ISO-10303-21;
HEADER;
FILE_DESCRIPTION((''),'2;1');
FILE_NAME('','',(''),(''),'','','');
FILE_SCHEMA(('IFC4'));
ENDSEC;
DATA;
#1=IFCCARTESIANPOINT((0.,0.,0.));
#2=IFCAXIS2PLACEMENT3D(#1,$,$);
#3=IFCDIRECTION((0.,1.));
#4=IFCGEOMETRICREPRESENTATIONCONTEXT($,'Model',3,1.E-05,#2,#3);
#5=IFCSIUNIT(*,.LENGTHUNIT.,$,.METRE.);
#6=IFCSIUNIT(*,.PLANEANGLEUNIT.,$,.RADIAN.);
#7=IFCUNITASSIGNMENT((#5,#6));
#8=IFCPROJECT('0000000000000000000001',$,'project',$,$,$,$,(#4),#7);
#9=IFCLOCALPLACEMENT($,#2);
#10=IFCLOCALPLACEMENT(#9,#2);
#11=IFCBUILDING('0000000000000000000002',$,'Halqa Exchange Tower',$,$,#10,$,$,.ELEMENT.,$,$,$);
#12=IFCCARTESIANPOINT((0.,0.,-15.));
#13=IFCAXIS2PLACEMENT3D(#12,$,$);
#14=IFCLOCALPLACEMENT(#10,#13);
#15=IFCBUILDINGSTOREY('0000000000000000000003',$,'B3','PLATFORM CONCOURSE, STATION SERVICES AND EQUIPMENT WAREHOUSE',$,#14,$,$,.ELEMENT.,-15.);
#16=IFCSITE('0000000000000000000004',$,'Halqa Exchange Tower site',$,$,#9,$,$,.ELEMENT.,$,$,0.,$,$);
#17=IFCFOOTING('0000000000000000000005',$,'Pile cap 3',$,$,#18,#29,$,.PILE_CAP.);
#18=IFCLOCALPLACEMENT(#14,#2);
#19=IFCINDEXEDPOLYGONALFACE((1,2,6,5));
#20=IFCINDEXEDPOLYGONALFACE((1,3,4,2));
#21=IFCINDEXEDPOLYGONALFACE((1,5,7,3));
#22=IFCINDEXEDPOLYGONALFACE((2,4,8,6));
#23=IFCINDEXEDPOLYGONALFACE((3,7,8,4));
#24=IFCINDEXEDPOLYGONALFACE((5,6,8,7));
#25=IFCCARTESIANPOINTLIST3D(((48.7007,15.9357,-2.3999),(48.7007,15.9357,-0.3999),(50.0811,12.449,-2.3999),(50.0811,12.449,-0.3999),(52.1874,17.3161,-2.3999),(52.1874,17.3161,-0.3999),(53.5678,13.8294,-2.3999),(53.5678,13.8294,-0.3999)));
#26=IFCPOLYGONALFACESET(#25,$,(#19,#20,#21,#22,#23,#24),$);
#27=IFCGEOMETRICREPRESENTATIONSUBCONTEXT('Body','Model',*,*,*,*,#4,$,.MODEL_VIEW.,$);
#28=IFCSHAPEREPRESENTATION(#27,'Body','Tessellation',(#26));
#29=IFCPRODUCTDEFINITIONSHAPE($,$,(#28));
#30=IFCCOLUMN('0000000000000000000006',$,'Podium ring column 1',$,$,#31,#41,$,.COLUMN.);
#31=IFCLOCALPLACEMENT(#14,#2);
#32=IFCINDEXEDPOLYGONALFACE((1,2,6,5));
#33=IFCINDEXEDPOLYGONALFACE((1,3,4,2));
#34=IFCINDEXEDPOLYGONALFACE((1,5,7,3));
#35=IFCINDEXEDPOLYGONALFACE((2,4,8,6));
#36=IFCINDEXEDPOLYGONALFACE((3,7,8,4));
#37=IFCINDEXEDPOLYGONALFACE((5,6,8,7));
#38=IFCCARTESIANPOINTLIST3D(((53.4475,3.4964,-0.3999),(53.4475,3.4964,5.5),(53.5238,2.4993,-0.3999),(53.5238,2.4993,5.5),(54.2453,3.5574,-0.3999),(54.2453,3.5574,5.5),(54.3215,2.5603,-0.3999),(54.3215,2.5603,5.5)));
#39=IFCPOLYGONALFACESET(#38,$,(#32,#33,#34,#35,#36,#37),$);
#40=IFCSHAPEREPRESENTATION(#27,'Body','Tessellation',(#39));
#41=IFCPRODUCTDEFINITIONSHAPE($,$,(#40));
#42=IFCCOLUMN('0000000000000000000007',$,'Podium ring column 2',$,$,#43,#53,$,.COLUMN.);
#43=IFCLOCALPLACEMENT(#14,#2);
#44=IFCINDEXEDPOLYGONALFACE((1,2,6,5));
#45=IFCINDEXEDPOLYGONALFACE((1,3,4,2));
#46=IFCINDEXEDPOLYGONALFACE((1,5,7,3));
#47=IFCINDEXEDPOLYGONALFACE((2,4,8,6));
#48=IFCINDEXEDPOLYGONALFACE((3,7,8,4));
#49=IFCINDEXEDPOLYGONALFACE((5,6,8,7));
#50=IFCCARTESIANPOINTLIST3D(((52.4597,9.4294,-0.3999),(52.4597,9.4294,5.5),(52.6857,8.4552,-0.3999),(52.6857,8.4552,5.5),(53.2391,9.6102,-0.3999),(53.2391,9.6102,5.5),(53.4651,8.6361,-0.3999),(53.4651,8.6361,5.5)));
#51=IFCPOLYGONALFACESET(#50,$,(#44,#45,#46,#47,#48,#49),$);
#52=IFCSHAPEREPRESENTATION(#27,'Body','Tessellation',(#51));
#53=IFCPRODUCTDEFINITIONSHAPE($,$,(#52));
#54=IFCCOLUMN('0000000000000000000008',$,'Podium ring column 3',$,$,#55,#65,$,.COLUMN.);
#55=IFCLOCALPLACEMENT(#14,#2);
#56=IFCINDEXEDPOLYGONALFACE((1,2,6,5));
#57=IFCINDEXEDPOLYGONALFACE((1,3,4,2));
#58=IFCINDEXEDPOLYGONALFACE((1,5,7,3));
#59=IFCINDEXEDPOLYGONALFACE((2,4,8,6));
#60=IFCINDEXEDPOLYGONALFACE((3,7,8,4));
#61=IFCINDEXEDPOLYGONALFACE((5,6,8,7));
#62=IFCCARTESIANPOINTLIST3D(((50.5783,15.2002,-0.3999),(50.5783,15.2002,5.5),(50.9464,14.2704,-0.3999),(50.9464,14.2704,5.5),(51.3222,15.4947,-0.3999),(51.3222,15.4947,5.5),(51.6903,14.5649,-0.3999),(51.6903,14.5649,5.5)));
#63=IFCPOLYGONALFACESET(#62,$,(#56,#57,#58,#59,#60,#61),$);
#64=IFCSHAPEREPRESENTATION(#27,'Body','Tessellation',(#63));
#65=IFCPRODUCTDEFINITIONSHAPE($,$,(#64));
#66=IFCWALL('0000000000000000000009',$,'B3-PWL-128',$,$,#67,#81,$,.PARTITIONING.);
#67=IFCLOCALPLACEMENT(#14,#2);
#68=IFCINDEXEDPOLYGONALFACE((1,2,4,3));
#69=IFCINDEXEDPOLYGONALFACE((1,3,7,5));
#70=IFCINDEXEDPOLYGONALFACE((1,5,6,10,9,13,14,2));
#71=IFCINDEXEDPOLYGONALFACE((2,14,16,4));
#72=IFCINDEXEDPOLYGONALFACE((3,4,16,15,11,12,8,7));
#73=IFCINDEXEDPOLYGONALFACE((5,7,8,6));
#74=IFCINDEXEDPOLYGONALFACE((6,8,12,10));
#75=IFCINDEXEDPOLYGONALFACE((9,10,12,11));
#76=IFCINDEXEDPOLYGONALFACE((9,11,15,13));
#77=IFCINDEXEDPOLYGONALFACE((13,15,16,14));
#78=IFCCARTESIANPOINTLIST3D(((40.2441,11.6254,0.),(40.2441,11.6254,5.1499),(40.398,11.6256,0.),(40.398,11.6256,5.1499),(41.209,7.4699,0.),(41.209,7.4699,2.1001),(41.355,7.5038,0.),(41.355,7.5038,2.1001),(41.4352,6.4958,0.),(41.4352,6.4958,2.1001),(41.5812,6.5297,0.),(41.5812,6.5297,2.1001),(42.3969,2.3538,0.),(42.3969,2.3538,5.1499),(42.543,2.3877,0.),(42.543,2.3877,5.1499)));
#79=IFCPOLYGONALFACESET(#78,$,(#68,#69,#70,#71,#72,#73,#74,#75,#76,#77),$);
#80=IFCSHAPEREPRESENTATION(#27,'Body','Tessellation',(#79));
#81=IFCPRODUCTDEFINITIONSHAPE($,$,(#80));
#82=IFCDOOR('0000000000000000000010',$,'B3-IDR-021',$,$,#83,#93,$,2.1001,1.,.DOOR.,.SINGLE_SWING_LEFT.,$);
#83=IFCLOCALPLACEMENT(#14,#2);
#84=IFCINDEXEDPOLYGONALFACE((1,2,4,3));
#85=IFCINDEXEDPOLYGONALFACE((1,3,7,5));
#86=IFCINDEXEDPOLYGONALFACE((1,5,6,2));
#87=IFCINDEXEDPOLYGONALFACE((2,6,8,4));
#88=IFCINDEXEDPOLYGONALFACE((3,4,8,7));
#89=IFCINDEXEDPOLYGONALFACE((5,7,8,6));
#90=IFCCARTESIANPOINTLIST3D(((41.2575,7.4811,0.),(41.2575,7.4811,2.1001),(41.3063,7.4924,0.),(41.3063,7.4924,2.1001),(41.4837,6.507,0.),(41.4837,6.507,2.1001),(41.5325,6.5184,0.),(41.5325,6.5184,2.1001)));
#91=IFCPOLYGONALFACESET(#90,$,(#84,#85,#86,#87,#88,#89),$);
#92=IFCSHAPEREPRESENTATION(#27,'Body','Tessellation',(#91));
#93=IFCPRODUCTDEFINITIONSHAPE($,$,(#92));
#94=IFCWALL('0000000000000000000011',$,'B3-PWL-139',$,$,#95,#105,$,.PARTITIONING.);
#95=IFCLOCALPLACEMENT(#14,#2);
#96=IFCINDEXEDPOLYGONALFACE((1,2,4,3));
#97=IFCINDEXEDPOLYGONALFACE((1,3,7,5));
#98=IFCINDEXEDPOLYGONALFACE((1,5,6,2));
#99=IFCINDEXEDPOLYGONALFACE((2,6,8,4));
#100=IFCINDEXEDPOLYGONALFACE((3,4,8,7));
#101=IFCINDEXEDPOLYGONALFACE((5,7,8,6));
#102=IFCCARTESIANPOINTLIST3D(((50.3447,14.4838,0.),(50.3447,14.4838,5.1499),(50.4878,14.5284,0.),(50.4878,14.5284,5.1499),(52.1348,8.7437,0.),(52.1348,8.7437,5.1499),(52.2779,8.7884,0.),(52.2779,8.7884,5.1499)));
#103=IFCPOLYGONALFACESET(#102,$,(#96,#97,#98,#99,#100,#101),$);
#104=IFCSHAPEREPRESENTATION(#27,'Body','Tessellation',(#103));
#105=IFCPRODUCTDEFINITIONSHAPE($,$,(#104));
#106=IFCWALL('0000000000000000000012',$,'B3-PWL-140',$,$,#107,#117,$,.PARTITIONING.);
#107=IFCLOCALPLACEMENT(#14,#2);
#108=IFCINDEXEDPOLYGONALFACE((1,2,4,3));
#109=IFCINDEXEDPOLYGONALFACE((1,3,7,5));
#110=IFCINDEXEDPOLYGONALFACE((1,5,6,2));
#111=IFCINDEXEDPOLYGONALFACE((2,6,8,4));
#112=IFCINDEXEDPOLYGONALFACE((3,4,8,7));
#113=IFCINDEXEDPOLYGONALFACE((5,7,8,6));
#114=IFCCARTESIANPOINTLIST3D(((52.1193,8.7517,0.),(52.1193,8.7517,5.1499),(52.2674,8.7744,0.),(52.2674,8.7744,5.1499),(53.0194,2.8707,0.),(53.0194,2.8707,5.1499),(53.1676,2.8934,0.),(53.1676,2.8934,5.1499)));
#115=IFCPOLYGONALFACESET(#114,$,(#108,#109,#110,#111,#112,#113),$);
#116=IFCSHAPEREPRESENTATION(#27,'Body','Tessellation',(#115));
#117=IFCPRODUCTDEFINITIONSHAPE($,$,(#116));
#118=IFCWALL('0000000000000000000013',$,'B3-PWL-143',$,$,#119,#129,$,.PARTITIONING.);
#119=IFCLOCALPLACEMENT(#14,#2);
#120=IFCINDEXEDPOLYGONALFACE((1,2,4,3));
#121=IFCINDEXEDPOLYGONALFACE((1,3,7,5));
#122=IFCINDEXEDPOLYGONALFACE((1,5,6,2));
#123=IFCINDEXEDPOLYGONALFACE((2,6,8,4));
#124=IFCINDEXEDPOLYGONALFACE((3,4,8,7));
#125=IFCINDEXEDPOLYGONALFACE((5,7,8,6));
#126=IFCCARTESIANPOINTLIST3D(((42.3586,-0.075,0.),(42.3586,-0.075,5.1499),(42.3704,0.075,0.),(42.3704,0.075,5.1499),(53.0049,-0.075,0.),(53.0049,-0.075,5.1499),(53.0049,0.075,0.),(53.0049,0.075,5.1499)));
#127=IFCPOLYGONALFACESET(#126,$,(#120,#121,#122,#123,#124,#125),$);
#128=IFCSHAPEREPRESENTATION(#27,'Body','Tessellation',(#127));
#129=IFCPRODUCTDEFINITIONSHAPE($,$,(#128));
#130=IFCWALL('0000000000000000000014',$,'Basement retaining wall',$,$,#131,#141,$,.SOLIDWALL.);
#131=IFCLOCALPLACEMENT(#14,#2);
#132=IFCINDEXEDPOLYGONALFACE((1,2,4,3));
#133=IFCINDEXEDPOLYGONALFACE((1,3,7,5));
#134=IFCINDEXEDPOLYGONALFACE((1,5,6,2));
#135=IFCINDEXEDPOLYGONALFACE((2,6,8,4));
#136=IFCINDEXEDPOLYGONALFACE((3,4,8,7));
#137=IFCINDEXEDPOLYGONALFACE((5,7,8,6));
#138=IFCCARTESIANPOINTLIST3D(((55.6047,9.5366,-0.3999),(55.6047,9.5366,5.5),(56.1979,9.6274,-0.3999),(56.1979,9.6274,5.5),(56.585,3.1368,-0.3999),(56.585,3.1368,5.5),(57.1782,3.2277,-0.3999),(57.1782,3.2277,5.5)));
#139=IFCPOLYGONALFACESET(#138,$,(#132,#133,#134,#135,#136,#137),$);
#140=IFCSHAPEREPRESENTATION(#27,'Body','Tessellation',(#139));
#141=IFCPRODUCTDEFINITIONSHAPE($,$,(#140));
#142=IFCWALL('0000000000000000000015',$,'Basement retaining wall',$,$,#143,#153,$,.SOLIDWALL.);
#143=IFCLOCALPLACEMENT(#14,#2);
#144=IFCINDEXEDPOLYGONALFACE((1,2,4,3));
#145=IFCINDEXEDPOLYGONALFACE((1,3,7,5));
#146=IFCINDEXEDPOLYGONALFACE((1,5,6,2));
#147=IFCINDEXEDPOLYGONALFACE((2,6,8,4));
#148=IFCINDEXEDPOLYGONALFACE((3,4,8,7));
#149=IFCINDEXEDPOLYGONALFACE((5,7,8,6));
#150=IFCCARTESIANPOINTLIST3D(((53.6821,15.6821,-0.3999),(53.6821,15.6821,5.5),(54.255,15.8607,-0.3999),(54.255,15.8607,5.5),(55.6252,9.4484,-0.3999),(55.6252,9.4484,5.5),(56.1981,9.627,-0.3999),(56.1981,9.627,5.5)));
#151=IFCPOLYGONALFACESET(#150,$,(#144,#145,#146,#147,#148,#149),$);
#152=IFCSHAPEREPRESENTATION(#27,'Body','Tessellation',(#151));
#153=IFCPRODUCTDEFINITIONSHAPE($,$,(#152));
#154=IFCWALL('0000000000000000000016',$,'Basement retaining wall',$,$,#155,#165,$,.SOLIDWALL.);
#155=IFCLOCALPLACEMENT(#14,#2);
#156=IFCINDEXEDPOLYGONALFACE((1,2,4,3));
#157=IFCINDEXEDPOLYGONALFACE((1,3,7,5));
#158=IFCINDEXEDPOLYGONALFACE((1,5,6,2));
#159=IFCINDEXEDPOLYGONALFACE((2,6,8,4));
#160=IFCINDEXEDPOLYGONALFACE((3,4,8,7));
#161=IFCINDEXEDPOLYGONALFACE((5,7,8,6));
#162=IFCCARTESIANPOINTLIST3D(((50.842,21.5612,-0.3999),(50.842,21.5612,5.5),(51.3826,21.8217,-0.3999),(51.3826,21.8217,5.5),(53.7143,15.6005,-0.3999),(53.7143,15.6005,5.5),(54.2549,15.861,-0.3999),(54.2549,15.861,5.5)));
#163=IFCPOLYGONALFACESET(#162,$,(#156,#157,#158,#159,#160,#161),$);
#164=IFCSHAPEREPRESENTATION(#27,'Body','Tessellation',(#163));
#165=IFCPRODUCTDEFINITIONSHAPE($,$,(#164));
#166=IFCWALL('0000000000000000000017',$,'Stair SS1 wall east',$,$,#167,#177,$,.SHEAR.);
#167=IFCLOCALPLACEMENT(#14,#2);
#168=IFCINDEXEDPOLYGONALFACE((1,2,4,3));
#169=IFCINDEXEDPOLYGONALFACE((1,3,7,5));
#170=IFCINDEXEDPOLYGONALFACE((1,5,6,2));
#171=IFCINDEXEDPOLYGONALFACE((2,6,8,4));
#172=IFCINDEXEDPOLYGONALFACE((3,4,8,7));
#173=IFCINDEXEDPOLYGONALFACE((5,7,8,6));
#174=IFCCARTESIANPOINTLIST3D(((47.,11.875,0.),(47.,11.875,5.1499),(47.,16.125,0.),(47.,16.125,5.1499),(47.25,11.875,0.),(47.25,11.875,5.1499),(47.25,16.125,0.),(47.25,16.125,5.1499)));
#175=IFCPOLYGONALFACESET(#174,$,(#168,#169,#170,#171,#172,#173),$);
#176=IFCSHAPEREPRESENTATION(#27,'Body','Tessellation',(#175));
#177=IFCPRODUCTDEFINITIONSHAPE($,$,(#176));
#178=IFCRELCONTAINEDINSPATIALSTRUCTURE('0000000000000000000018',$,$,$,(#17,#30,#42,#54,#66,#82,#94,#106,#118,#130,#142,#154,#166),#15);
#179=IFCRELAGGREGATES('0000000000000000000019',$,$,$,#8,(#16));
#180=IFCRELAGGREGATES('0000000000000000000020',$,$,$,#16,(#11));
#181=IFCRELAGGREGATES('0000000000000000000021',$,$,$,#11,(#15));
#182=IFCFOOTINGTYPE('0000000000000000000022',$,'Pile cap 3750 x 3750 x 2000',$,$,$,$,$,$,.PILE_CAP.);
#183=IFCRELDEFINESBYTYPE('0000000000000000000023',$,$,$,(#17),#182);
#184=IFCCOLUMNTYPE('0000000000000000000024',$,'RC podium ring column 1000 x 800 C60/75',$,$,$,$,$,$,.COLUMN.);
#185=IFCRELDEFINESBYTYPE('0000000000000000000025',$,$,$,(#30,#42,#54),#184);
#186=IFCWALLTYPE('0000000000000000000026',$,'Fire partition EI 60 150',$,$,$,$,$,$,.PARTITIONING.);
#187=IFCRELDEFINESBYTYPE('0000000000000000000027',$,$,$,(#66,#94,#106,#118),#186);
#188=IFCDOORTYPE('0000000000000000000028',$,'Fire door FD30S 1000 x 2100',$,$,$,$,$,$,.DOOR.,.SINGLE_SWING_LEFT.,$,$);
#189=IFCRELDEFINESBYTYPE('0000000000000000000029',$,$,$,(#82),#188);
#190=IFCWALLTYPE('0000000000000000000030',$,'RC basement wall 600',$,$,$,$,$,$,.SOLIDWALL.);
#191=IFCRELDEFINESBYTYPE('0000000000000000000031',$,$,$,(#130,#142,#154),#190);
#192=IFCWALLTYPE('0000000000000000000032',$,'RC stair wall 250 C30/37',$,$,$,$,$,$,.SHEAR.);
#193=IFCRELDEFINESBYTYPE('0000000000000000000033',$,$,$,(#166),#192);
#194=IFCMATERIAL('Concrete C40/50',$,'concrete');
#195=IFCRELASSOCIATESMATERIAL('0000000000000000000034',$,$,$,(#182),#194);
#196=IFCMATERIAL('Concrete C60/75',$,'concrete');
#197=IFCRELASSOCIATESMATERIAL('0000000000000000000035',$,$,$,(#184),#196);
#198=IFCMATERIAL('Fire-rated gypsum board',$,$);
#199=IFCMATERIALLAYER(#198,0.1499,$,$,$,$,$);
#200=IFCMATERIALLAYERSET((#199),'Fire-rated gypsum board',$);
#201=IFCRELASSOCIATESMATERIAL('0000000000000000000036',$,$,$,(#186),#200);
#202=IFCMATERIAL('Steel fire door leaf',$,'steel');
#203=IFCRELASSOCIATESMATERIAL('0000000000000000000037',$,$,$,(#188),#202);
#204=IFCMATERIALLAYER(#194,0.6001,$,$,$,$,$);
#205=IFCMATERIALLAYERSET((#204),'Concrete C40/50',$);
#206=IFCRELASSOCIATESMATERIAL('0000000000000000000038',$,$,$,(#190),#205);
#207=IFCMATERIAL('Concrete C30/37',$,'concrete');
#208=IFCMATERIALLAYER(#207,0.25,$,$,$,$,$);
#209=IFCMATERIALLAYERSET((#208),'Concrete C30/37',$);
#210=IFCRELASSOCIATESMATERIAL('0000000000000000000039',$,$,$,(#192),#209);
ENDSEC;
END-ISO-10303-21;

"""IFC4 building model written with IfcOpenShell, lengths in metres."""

from ifc_helpers import new_model, si_unit, direction, frame, frame_2d, origin, origin_2d, place, context, subcontext, project, spatial, polyline, rectangle, outline, extrude, material, layer, layer_set, material_profile, profile_set, type_object, element, fill, save


model = new_model("IFC4")

# Units and contexts
model_context = context("Model", 3, precision=1e-05, world=origin(), true_north=direction((0.0, 1.0)))
body_context = subcontext(model_context, "Body", "Model", "MODEL_VIEW")
ifc_project = project(units=[si_unit("LENGTHUNIT", "METRE"), si_unit("PLANEANGLEUNIT", "RADIAN")], contexts=[model_context])

# Site, building, storey
site_placement = place(None, origin())
site = spatial("IfcSite", under=ifc_project, at=site_placement, Name="Halqa Exchange Tower site", CompositionType="ELEMENT", RefElevation=0.0)
building_placement = place(site_placement, origin())
building = spatial("IfcBuilding", under=site, at=building_placement, Name="Halqa Exchange Tower", CompositionType="ELEMENT")
storey_placement = place(building_placement, frame((0.0, 0.0, -15.0)))
storey = spatial("IfcBuildingStorey", under=building, at=storey_placement, Name="B3", Description="PLATFORM CONCOURSE, STATION SERVICES AND EQUIPMENT WAREHOUSE", CompositionType="ELEMENT", Elevation=-15.0)

# Footing
ifc_material_1 = material(Name="Concrete C40/50", Category="concrete")
footing_type = type_object("IfcFootingType", Name="Pile cap 3750 x 3750 x 2000", PredefinedType="PILE_CAP", material=ifc_material_1)
for number, where, z_axis, x_axis, name in (
    (1, (51.1343, 14.8826, -2.3999), (0.0, 0.0, 1.0), (-0.36811, 0.929782, 0.0), "Pile cap 3"),
):
    element("IfcFooting", number, at=place(storey_placement, frame(where, z_axis=z_axis, x_axis=x_axis)), inside=storey, type_object=footing_type, Name=name, PredefinedType="PILE_CAP", context=body_context, shape_type="SweptSolid", body=[
        extrude(rectangle(XDim=3.75, YDim=3.75, at=origin_2d()), origin(), (0.0, 0.0, 1.0), 2.0),
    ])

# Columns
ifc_material_2 = material(Name="Concrete C60/75", Category="concrete")
ifc_material_profile_1 = material_profile(ifc_material_2, rectangle(XDim=1.0, YDim=0.8, at=origin_2d()), Name="1000 x 800")
ifc_profile_set_1 = profile_set([ifc_material_profile_1], Name="Concrete C60/75")
column_type = type_object("IfcColumnType", Name="RC podium ring column 1000 x 800 C60/75", PredefinedType="COLUMN", material=ifc_profile_set_1)
for number, where, z_axis, x_axis, name in (
    (2, (53.8845, 3.0283, -0.3999), (0.0, 0.0, 1.0), (-0.076223, 0.997091, 0.0), "Podium ring column 1"),
    (3, (52.9624, 9.0327, -0.3999), (0.0, 0.0, 1.0), (-0.225997, 0.974128, 0.0), "Podium ring column 2"),
    (4, (51.1343, 14.8826, -0.3999), (0.0, 0.0, 1.0), (-0.36811, 0.929782, 0.0), "Podium ring column 3"),
):
    element("IfcColumn", number, at=place(storey_placement, frame(where, z_axis=z_axis, x_axis=x_axis)), inside=storey, type_object=column_type, Name=name, PredefinedType="COLUMN", context=body_context, shape_type="SweptSolid", body=[
        extrude(rectangle(XDim=1.0, YDim=0.8, at=origin_2d()), origin(), (0.0, 0.0, 1.0), 5.8999),
    ])

# Wall, opening, door
ifc_material_3 = material(Name="Fire-rated gypsum board")
ifc_layer_1 = layer(ifc_material_3, 0.1499)
ifc_layer_set_1 = layer_set([ifc_layer_1], Name="Fire-rated gypsum board")
wall_type_1 = type_object("IfcWallType", Name="Fire partition EI 60 150", PredefinedType="PARTITIONING", material=ifc_layer_set_1)
wall_1_placement = place(storey_placement, frame((40.321, 11.6255, 0.0), z_axis=(0.0, 0.0, 1.0), x_axis=(0.226177, -0.974086, 0.0)))
wall_1 = element("IfcWall", 5, at=wall_1_placement, inside=storey, type_object=wall_type_1, Name="B3-PWL-128", PredefinedType="PARTITIONING", context=body_context, shape_type="SweptSolid", body=[
    extrude(outline(polyline([(-0.0173, -0.075), (9.501, -0.075), (9.501, 0.075), (0.0173, 0.075), (-0.0173, -0.075)])), origin(), (0.0, 0.0, 1.0), 5.1499),
])
opening_placement = place(wall_1_placement, frame((4.2488, 0.0, 0.0)))
opening = element("IfcOpeningElement", 6, at=opening_placement, cuts=wall_1, PredefinedType="OPENING", context=body_context, shape_type="SweptSolid", body=[
    extrude(rectangle(XDim=1.0, YDim=2.1001, at=frame_2d((0.5, 1.05))), frame((0.0, 0.0869, 0.0), z_axis=(0.0, -1.0, 0.0), x_axis=(1.0, 0.0, 0.0)), (0.0, 0.0, 1.0), 0.1738),
])
ifc_material_4 = material(Name="Steel fire door leaf", Category="steel")
door_type = type_object("IfcDoorType", Name="Fire door FD30S 1000 x 2100", OperationType="SINGLE_SWING_LEFT", PredefinedType="DOOR", material=ifc_material_4)
door_placement = place(opening_placement, origin())
door = element("IfcDoor", 7, at=door_placement, inside=storey, type_object=door_type, Name="B3-IDR-021", OperationType="SINGLE_SWING_LEFT", OverallHeight=2.1001, OverallWidth=1.0, PredefinedType="DOOR", context=body_context, shape_type="SweptSolid", body=[
    extrude(rectangle(XDim=1.0, YDim=2.1001, at=frame_2d((0.5, 1.05))), frame((0.0, 0.0249, 0.0), z_axis=(0.0, -1.0, 0.0), x_axis=(1.0, 0.0, 0.0)), (0.0, 0.0, 1.0), 0.05),
])
fill(opening, door)

# Walls
wall_2_placement = place(storey_placement, frame((50.4163, 14.5061, 0.0), z_axis=(0.0, 0.0, 1.0), x_axis=(0.297713, -0.954655, 0.0)))
element("IfcWall", 8, at=wall_2_placement, inside=storey, type_object=wall_type_1, Name="B3-PWL-139", PredefinedType="PARTITIONING", context=body_context, shape_type="SweptSolid", body=[
    extrude(rectangle(XDim=6.0127, YDim=0.1499, at=frame_2d((3.0063, 0.0))), origin(), (0.0, 0.0, 1.0), 5.1499),
])
wall_3_placement = place(storey_placement, frame((52.1934, 8.7629, 0.0), z_axis=(0.0, 0.0, 1.0), x_axis=(0.151302, -0.988488, 0.0)))
element("IfcWall", 9, at=wall_3_placement, inside=storey, type_object=wall_type_1, Name="B3-PWL-140", PredefinedType="PARTITIONING", context=body_context, shape_type="SweptSolid", body=[
    extrude(rectangle(XDim=5.9495, YDim=0.1499, at=frame_2d((2.9746, 0.0))), origin(), (0.0, 0.0, 1.0), 5.1499),
])
wall_4_placement = place(storey_placement, frame((53.0049, 0.0, 0.0), z_axis=(0.0, 0.0, 1.0), x_axis=(-1.0, 0.0, 0.0)))
element("IfcWall", 10, at=wall_4_placement, inside=storey, type_object=wall_type_1, Name="B3-PWL-143", PredefinedType="PARTITIONING", context=body_context, shape_type="SweptSolid", body=[
    extrude(outline(polyline([(0.0, -0.075), (10.6345, -0.075), (10.6462, 0.075), (0.0, 0.075), (0.0, -0.075)])), origin(), (0.0, 0.0, 1.0), 5.1499),
])
ifc_layer_2 = layer(ifc_material_1, 0.6001)
ifc_layer_set_2 = layer_set([ifc_layer_2], Name="Concrete C40/50")
wall_type_2 = type_object("IfcWallType", Name="RC basement wall 600", PredefinedType="SOLIDWALL", material=ifc_layer_set_2)
wall_5_placement = place(storey_placement, frame((56.8816, 3.1821, -0.3999), z_axis=(0.0, 0.0, 1.0), x_axis=(-0.151403, 0.988472, 0.0)))
element("IfcWall", 11, at=wall_5_placement, inside=storey, type_object=wall_type_2, Name="Basement retaining wall", PredefinedType="SOLIDWALL", context=body_context, shape_type="SweptSolid", body=[
    extrude(rectangle(XDim=6.4744, YDim=0.6001, at=frame_2d((3.2373, 0.0))), origin(), (0.0, 0.0, 1.0), 5.8999),
])
wall_6_placement = place(storey_placement, frame((55.9116, 9.5378, -0.3999), z_axis=(0.0, 0.0, 1.0), x_axis=(-0.297592, 0.954693, 0.0)))
element("IfcWall", 12, at=wall_6_placement, inside=storey, type_object=wall_type_2, Name="Basement retaining wall", PredefinedType="SOLIDWALL", context=body_context, shape_type="SweptSolid", body=[
    extrude(rectangle(XDim=6.5295, YDim=0.6001, at=frame_2d((3.2646, 0.0))), origin(), (0.0, 0.0, 1.0), 5.8999),
])
wall_7_placement = place(storey_placement, frame((53.9846, 15.7307, -0.3999), z_axis=(0.0, 0.0, 1.0), x_axis=(-0.434104, 0.900863, 0.0)))
element("IfcWall", 13, at=wall_7_placement, inside=storey, type_object=wall_type_2, Name="Basement retaining wall", PredefinedType="SOLIDWALL", context=body_context, shape_type="SweptSolid", body=[
    extrude(rectangle(XDim=6.6167, YDim=0.6001, at=frame_2d((3.3083, 0.0))), origin(), (0.0, 0.0, 1.0), 5.8999),
])
ifc_material_5 = material(Name="Concrete C30/37", Category="concrete")
ifc_layer_3 = layer(ifc_material_5, 0.25)
ifc_layer_set_3 = layer_set([ifc_layer_3], Name="Concrete C30/37")
wall_type_3 = type_object("IfcWallType", Name="RC stair wall 250 C30/37", PredefinedType="SHEAR", material=ifc_layer_set_3)
wall_8_placement = place(storey_placement, frame((47.125, 11.875, 0.0), z_axis=(0.0, 0.0, 1.0), x_axis=(0.0, 1.0, 0.0)))
element("IfcWall", 14, at=wall_8_placement, inside=storey, type_object=wall_type_3, Name="Stair SS1 wall east", PredefinedType="SHEAR", context=body_context, shape_type="SweptSolid", body=[
    extrude(rectangle(XDim=4.25, YDim=0.25, at=frame_2d((2.125, 0.0))), origin(), (0.0, 0.0, 1.0), 5.1499),
])

save(model, "model.ifc")
